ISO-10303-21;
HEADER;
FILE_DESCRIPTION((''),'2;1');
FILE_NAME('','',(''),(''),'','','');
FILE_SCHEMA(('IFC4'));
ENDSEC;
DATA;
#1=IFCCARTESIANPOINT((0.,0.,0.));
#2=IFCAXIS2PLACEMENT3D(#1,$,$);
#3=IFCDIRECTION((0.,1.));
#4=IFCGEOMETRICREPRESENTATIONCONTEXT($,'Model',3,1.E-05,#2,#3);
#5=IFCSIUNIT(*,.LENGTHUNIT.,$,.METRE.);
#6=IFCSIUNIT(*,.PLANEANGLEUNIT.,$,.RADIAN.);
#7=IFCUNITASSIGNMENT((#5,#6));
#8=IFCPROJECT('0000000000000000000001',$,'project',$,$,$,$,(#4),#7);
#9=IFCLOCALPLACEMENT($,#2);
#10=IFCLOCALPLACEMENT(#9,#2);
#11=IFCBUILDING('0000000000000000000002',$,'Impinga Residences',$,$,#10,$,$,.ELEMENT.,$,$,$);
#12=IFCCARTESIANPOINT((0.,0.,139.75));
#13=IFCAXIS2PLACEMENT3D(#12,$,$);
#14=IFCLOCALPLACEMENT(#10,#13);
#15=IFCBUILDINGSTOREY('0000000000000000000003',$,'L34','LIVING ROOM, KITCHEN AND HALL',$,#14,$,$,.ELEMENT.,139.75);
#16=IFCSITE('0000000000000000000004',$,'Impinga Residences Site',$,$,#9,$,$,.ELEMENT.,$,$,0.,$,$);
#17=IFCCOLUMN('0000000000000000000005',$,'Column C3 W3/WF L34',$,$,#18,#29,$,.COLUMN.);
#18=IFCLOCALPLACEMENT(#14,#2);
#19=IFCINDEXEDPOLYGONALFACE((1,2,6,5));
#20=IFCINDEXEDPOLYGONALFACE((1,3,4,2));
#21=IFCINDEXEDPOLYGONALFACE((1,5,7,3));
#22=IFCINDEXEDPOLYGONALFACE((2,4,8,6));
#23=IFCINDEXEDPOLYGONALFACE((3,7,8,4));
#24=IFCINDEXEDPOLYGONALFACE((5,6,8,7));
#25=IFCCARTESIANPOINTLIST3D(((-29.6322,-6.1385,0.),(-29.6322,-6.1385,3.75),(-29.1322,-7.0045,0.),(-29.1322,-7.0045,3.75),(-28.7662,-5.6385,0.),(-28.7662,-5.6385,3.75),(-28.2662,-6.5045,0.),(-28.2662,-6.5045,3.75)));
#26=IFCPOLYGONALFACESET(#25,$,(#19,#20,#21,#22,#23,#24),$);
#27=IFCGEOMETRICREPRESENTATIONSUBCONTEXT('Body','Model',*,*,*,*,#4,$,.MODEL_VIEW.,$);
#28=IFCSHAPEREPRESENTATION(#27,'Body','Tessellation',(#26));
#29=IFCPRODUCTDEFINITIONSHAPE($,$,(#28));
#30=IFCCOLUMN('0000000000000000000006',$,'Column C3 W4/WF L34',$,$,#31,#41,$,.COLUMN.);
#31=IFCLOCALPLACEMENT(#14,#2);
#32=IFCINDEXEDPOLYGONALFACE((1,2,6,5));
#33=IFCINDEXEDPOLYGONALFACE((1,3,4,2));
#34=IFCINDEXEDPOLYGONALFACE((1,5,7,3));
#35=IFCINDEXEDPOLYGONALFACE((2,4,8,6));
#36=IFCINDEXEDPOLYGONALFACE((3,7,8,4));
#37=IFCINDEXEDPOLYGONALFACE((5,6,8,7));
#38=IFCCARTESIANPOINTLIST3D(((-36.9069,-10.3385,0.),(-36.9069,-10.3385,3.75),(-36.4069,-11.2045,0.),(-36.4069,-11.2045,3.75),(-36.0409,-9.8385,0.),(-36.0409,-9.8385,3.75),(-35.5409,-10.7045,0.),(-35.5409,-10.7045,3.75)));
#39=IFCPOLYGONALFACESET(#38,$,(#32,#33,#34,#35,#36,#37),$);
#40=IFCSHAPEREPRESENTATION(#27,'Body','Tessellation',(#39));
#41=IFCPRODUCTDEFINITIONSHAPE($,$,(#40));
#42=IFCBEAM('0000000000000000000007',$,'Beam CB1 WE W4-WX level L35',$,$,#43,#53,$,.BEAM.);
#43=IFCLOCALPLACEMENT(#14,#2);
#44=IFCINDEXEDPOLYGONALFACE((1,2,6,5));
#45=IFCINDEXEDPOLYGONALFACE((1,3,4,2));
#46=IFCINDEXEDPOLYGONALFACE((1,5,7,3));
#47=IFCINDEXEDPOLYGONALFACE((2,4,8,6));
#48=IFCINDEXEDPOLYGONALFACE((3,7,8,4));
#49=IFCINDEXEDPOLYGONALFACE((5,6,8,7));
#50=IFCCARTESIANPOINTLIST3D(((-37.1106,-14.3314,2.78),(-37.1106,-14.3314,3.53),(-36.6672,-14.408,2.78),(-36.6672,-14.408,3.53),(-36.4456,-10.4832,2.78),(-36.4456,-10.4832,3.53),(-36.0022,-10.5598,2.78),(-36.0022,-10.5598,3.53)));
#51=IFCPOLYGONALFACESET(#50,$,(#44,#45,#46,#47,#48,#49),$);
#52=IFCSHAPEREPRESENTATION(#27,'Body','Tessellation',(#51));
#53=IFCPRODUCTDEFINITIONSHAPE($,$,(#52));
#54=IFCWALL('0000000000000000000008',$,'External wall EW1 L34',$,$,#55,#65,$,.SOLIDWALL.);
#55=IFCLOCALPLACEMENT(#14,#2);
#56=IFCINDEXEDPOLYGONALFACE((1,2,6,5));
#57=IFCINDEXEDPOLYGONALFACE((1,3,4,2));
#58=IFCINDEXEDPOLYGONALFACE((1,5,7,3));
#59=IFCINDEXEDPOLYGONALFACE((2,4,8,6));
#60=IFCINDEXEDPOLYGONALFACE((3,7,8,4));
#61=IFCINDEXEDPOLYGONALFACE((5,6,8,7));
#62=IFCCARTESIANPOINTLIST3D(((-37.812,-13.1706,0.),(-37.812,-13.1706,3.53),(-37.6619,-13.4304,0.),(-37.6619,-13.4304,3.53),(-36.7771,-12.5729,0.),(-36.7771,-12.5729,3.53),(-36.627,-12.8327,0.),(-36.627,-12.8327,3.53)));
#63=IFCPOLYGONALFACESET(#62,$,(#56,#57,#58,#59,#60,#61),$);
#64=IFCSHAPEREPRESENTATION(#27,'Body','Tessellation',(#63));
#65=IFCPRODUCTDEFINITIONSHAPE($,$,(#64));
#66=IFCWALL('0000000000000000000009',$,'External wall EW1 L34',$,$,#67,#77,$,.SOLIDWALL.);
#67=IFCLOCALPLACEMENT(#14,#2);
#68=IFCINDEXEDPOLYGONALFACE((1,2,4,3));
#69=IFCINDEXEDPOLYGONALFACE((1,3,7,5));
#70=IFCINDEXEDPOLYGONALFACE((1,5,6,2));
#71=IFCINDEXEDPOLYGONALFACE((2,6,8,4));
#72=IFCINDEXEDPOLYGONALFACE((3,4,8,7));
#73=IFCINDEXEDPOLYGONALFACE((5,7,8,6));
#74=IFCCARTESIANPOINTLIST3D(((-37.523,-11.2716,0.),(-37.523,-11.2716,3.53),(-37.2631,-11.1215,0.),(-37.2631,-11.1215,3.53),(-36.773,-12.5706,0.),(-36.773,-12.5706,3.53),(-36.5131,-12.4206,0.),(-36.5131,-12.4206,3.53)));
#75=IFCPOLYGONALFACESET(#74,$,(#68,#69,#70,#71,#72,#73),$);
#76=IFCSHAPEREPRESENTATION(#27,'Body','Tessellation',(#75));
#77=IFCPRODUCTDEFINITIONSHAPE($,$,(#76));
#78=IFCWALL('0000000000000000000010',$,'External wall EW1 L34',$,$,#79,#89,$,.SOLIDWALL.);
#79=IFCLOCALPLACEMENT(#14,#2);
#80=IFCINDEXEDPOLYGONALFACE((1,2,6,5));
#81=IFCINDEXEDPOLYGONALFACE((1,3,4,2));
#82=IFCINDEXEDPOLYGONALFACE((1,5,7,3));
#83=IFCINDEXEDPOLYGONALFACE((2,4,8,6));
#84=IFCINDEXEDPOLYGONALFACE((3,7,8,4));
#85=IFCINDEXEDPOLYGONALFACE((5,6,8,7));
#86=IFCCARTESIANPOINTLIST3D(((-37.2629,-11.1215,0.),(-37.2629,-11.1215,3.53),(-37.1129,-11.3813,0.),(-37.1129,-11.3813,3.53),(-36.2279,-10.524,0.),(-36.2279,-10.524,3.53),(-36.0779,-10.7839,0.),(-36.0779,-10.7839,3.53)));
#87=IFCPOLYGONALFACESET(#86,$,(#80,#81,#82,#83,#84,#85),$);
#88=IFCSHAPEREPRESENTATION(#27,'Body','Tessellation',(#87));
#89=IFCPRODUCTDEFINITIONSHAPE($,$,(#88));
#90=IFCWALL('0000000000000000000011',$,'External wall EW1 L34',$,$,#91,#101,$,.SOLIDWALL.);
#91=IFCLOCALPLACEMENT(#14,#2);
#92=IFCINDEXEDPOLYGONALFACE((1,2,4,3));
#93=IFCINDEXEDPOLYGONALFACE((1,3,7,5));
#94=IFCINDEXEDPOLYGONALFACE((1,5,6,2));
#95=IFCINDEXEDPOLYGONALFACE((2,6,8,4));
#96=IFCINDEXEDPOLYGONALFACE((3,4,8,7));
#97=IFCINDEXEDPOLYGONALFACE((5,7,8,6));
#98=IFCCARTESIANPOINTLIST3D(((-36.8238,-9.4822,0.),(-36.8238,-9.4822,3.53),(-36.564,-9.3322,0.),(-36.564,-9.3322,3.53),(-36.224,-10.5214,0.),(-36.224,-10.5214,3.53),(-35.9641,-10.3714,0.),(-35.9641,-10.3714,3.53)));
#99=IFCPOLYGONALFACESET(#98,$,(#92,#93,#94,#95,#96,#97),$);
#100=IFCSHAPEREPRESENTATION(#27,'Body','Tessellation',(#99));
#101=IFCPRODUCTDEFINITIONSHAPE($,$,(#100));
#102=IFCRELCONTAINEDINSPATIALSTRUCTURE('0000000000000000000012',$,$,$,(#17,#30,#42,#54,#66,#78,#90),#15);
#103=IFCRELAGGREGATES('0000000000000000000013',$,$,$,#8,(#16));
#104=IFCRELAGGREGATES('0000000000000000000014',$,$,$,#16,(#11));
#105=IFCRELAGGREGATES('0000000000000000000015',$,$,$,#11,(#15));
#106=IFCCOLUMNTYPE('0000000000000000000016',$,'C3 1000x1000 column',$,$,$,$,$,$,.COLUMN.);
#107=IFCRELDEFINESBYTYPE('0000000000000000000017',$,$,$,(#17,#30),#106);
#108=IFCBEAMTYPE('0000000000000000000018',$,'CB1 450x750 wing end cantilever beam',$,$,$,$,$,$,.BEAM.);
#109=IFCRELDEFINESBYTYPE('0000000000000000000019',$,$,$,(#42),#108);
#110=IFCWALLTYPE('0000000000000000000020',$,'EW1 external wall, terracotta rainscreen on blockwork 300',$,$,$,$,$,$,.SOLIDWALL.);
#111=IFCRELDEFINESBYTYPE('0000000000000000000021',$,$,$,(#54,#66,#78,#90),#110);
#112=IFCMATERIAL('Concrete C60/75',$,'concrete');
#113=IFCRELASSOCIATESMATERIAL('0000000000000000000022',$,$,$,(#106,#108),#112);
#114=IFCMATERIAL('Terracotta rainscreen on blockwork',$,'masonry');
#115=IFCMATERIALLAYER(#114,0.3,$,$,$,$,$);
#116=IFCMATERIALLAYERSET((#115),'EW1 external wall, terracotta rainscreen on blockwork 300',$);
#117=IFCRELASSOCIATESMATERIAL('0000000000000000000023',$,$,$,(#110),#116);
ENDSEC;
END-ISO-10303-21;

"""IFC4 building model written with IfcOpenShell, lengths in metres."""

from ifc_helpers import new_model, si_unit, direction, frame, frame_2d, origin, origin_2d, place, context, subcontext, project, spatial, rectangle, extrude, material, layer, layer_set, material_profile, profile_set, type_object, element, save


model = new_model("IFC4")

# Units and contexts
model_context = context("Model", 3, precision=1e-05, world=origin(), true_north=direction((0.0, 1.0)))
body_context = subcontext(model_context, "Body", "Model", "MODEL_VIEW")
ifc_project = project(units=[si_unit("LENGTHUNIT", "METRE"), si_unit("PLANEANGLEUNIT", "RADIAN")], contexts=[model_context])

# Site, building, storey
site_placement = place(None, origin())
site = spatial("IfcSite", under=ifc_project, at=site_placement, Name="Impinga Residences Site", CompositionType="ELEMENT", RefElevation=0.0)
building_placement = place(site_placement, origin())
building = spatial("IfcBuilding", under=site, at=building_placement, Name="Impinga Residences", CompositionType="ELEMENT")
storey_placement = place(building_placement, frame((0.0, 0.0, 139.75)))
storey = spatial("IfcBuildingStorey", under=building, at=storey_placement, Name="L34", Description="LIVING ROOM, KITCHEN AND HALL", CompositionType="ELEMENT", Elevation=139.75)

# Columns
ifc_material_1 = material(Name="Concrete C60/75", Category="concrete")
ifc_material_profile_1 = material_profile(ifc_material_1, rectangle(XDim=1.0, YDim=1.0, at=origin_2d()), Name="RC 1000x1000")
ifc_profile_set_1 = profile_set([ifc_material_profile_1], Name="Concrete C60/75")
column_type = type_object("IfcColumnType", Name="C3 1000x1000 column", PredefinedType="COLUMN", material=ifc_profile_set_1)
for number, where, z_axis, x_axis, name in (
    (1, (-28.9492, -6.3215, 0.0), (0.0, 0.0, 1.0), (-0.5, 0.866025, 0.0), "Column C3 W3/WF L34"),
    (2, (-36.2239, -10.5215, 0.0), (0.0, 0.0, 1.0), (-0.5, 0.866025, 0.0), "Column C3 W4/WF L34"),
):
    element("IfcColumn", number, at=place(storey_placement, frame(where, z_axis=z_axis, x_axis=x_axis)), inside=storey, type_object=column_type, Name=name, PredefinedType="COLUMN", context=body_context, shape_type="SweptSolid", body=[
        extrude(rectangle(XDim=1.0, YDim=1.0, at=origin_2d()), origin(), (0.0, 0.0, 1.0), 3.75),
    ])

# Beam
ifc_material_profile_2 = material_profile(ifc_material_1, rectangle(XDim=0.45, YDim=0.75, at=origin_2d()), Name="RC 450x750")
ifc_profile_set_2 = profile_set([ifc_material_profile_2], Name="Concrete C60/75")
beam_type = type_object("IfcBeamType", Name="CB1 450x750 wing end cantilever beam", PredefinedType="BEAM", material=ifc_profile_set_2)
beam_placement = place(storey_placement, frame((-36.2239, -10.5215, 3.155), z_axis=(-0.170296, -0.985393, 0.0), x_axis=(0.985393, -0.170296, 0.0)))
element("IfcBeam", 3, at=beam_placement, inside=storey, type_object=beam_type, Name="Beam CB1 WE W4-WX level L35", PredefinedType="BEAM", context=body_context, shape_type="SweptSolid", body=[
    extrude(rectangle(XDim=0.45, YDim=0.75, at=origin_2d()), origin(), (0.0, 0.0, 1.0), 3.9053),
])

# Walls
ifc_material_2 = material(Name="Terracotta rainscreen on blockwork", Category="masonry")
ifc_layer_1 = layer(ifc_material_2, 0.3)
ifc_layer_set_1 = layer_set([ifc_layer_1], Name="EW1 external wall, terracotta rainscreen on blockwork 300")
wall_type_1 = type_object("IfcWallType", Name="EW1 external wall, terracotta rainscreen on blockwork 300", PredefinedType="SOLIDWALL", material=ifc_layer_set_1)
wall_1_placement = place(storey_placement, frame((-37.7371, -13.3005, 0.0), z_axis=(0.0, 0.0, 1.0), x_axis=(0.865971, 0.500094, 0.0)))
element("IfcWall", 4, at=wall_1_placement, inside=storey, type_object=wall_type_1, Name="External wall EW1 L34", PredefinedType="SOLIDWALL", context=body_context, shape_type="SweptSolid", body=[
    extrude(rectangle(XDim=1.1951, YDim=0.3, at=frame_2d((0.5977, 0.0))), origin(), (0.0, 0.0, 1.0), 3.53),
])
wall_2_placement = place(storey_placement, frame((-36.6431, -12.4956, 0.0), z_axis=(0.0, 0.0, 1.0), x_axis=(-0.49999, 0.866031, 0.0)))
element("IfcWall", 5, at=wall_2_placement, inside=storey, type_object=wall_type_1, Name="External wall EW1 L34", PredefinedType="SOLIDWALL", context=body_context, shape_type="SweptSolid", body=[
    extrude(rectangle(XDim=1.5, YDim=0.3, at=frame_2d((0.75, 0.0))), origin(), (0.0, 0.0, 1.0), 3.53),
])
wall_3_placement = place(storey_placement, frame((-37.188, -11.2515, 0.0), z_axis=(0.0, 0.0, 1.0), x_axis=(0.86606, 0.499941, 0.0)))
element("IfcWall", 6, at=wall_3_placement, inside=storey, type_object=wall_type_1, Name="External wall EW1 L34", PredefinedType="SOLIDWALL", context=body_context, shape_type="SweptSolid", body=[
    extrude(rectangle(XDim=1.1951, YDim=0.3, at=frame_2d((0.5977, 0.0))), origin(), (0.0, 0.0, 1.0), 3.53),
])
wall_4_placement = place(storey_placement, frame((-36.094, -10.4465, 0.0), z_axis=(0.0, 0.0, 1.0), x_axis=(-0.499881, 0.866094, 0.0)))
element("IfcWall", 7, at=wall_4_placement, inside=storey, type_object=wall_type_1, Name="External wall EW1 L34", PredefinedType="SOLIDWALL", context=body_context, shape_type="SweptSolid", body=[
    extrude(rectangle(XDim=1.2, YDim=0.3, at=frame_2d((0.6001, 0.0))), origin(), (0.0, 0.0, 1.0), 3.53),
])

save(model, "model.ifc")
